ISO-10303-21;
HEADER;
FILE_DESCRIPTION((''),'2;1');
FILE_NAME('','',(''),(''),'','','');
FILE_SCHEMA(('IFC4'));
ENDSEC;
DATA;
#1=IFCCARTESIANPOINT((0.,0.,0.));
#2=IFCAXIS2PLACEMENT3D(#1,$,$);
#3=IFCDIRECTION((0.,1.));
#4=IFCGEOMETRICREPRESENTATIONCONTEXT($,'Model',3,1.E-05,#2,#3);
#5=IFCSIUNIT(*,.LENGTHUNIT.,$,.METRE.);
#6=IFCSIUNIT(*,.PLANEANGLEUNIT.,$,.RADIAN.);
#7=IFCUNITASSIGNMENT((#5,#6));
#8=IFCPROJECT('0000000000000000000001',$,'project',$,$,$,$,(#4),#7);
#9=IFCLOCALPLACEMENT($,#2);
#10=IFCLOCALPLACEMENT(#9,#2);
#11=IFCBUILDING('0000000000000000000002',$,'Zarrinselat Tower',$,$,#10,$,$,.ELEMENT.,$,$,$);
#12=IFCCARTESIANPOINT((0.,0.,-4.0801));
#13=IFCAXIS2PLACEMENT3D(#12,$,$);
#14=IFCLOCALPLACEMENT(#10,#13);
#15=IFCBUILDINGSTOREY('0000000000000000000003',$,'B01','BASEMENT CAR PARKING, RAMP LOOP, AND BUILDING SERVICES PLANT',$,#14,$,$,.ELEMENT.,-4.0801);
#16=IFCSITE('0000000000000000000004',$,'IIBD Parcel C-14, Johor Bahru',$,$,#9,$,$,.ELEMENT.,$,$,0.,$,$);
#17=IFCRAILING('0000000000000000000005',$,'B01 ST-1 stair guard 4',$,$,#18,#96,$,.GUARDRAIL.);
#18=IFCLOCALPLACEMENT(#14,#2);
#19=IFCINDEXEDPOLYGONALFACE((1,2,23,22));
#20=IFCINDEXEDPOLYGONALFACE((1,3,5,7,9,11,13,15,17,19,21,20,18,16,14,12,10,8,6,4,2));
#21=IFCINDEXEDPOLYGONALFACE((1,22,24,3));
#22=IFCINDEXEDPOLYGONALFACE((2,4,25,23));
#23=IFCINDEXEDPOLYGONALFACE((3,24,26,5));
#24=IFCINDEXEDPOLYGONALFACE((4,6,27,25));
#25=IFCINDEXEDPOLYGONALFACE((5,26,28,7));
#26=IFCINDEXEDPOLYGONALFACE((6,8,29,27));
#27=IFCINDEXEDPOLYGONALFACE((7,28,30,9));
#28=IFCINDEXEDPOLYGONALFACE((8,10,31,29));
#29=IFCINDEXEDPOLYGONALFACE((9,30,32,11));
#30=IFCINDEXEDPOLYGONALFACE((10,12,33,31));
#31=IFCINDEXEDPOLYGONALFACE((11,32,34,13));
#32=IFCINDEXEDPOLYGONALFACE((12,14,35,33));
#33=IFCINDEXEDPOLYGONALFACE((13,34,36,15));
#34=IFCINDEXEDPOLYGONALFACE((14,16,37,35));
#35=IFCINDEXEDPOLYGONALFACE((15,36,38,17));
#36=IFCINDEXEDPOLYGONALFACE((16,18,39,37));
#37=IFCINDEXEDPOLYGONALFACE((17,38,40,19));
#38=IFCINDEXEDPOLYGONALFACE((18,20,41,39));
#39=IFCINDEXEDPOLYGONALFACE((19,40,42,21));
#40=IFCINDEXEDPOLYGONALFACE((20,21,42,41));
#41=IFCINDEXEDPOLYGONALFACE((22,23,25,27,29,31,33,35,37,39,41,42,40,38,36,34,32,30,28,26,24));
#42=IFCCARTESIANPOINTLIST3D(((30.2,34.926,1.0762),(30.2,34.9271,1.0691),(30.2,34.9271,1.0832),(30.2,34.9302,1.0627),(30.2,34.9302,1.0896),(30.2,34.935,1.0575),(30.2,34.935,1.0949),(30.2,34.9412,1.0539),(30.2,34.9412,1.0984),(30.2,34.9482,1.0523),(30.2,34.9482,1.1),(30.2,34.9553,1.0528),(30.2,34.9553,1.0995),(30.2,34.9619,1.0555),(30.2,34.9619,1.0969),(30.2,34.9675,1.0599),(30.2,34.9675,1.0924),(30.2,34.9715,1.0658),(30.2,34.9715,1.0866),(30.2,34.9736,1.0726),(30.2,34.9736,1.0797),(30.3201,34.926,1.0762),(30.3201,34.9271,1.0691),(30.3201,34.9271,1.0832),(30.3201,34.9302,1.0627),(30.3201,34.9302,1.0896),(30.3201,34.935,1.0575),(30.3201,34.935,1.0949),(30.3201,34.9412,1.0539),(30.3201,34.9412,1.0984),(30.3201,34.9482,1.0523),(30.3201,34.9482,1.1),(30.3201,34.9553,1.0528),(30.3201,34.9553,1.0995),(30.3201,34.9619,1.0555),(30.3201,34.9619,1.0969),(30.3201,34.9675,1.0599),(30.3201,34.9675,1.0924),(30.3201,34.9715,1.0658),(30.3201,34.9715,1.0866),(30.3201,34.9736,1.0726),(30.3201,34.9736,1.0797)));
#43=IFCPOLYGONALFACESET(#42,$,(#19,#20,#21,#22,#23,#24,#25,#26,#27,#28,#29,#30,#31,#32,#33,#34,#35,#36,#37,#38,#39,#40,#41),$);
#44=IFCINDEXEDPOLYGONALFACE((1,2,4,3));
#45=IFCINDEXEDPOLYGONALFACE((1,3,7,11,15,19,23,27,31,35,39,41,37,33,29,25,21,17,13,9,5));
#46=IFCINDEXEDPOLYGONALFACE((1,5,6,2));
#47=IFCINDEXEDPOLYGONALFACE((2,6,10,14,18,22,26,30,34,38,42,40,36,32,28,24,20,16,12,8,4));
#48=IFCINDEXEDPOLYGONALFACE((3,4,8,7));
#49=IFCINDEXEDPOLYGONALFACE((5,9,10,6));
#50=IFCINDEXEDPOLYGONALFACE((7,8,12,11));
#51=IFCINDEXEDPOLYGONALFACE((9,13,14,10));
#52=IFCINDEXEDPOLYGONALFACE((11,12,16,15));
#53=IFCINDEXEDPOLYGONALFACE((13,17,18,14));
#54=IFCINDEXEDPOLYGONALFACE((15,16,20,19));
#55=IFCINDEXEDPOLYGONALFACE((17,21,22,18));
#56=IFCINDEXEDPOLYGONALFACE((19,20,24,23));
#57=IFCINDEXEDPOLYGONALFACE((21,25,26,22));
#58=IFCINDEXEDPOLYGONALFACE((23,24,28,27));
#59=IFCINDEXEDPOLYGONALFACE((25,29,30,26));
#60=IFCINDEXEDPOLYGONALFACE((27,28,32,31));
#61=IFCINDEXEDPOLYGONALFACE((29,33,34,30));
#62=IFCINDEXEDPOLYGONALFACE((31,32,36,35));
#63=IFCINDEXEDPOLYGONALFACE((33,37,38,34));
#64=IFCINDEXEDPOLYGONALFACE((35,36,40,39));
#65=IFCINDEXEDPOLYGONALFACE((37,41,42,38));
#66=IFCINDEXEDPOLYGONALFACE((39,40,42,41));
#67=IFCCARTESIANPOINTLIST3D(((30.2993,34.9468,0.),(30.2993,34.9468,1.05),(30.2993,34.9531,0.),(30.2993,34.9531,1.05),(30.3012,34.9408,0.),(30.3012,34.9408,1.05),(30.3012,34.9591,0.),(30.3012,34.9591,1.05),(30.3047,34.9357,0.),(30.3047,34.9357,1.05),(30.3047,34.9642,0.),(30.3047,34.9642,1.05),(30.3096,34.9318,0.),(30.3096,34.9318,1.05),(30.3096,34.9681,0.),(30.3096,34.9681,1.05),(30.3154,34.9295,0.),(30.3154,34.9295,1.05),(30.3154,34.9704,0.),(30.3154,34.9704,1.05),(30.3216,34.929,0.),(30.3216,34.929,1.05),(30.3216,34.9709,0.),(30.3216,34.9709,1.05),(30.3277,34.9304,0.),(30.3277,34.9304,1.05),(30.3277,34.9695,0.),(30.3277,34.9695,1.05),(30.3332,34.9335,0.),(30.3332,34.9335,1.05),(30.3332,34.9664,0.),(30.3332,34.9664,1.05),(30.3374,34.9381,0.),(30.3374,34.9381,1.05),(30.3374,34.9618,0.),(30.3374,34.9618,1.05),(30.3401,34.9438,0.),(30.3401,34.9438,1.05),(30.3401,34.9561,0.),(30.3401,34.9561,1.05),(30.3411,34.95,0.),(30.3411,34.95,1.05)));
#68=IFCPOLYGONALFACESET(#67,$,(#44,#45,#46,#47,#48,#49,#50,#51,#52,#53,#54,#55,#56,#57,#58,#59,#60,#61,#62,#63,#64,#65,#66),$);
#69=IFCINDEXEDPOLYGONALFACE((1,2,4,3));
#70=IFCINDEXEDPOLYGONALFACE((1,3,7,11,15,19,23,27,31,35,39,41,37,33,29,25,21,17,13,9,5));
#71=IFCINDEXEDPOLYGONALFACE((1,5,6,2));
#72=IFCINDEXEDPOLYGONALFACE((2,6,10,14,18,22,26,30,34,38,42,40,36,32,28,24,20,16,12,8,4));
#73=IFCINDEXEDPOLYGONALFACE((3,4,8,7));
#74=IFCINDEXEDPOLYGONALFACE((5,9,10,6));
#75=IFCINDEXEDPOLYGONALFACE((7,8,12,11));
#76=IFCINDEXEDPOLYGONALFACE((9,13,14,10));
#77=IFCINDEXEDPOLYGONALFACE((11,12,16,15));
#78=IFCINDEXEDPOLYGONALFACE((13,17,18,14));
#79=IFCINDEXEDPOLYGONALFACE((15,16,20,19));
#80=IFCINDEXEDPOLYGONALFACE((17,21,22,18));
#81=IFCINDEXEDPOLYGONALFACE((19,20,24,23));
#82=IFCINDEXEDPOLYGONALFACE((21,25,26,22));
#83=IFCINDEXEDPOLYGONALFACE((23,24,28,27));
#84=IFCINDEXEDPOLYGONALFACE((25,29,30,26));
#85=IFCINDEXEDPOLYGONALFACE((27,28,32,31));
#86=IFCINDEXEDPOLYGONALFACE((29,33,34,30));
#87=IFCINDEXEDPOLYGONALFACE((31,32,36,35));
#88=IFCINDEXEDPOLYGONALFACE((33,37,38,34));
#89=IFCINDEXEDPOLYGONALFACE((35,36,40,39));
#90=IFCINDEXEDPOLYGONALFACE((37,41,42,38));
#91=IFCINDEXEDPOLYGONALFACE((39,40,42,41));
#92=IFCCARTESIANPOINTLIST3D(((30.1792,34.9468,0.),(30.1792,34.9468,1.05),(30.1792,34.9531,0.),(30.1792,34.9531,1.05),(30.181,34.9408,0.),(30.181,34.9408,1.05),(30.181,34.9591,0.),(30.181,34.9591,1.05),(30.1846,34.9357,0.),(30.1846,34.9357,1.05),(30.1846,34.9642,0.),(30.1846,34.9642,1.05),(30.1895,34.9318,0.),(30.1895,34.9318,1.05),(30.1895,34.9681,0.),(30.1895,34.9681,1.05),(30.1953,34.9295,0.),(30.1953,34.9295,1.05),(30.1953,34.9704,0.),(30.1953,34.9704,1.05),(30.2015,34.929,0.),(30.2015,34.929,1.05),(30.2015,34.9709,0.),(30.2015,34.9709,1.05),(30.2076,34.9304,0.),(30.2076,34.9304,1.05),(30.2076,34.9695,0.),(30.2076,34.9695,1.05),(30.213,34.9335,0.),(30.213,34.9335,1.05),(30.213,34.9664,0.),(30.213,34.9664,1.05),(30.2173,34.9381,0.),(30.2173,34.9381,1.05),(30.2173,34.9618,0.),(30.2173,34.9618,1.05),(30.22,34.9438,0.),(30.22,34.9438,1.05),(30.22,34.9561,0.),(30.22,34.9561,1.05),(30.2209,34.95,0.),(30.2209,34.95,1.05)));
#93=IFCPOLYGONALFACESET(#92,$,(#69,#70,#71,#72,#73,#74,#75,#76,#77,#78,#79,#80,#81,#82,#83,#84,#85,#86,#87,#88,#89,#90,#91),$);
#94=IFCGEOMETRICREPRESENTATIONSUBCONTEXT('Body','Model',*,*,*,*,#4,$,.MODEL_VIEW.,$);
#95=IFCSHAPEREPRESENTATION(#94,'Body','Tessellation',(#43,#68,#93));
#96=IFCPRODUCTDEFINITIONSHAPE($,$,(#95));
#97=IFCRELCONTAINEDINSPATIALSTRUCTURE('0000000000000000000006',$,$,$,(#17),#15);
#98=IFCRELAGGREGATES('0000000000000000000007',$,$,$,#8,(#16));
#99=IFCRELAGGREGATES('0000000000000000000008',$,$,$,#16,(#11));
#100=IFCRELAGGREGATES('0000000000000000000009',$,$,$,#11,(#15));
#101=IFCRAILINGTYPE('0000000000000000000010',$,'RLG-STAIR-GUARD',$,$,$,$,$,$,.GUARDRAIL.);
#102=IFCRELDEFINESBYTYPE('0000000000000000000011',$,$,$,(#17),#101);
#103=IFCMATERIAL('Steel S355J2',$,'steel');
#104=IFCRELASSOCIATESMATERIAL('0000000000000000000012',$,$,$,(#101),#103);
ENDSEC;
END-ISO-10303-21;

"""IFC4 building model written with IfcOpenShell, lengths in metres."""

from ifc_helpers import new_model, si_unit, direction, frame, origin, origin_2d, place, context, subcontext, project, spatial, circle, extrude, material, type_object, element, save


model = new_model("IFC4")

# Units and contexts
model_context = context("Model", 3, precision=1e-05, world=origin(), true_north=direction((0.0, 1.0)))
body_context = subcontext(model_context, "Body", "Model", "MODEL_VIEW")
ifc_project = project(units=[si_unit("LENGTHUNIT", "METRE"), si_unit("PLANEANGLEUNIT", "RADIAN")], contexts=[model_context])

# Site, building, storey
site_placement = place(None, origin())
site = spatial("IfcSite", under=ifc_project, at=site_placement, Name="IIBD Parcel C-14, Johor Bahru", CompositionType="ELEMENT", RefElevation=0.0)
building_placement = place(site_placement, origin())
building = spatial("IfcBuilding", under=site, at=building_placement, Name="Zarrinselat Tower", CompositionType="ELEMENT")
storey_placement = place(building_placement, frame((0.0, 0.0, -4.0801)))
storey = spatial("IfcBuildingStorey", under=building, at=storey_placement, Name="B01", Description="BASEMENT CAR PARKING, RAMP LOOP, AND BUILDING SERVICES PLANT", CompositionType="ELEMENT", Elevation=-4.0801)

# Railing
ifc_material_1 = material(Name="Steel S355J2", Category="steel")
railing_type_1 = type_object("IfcRailingType", Name="RLG-STAIR-GUARD", PredefinedType="GUARDRAIL", material=ifc_material_1)
railing_1_placement = place(storey_placement, frame((30.3201, 34.95, 0.0)))
element("IfcRailing", 1, at=railing_1_placement, inside=storey, type_object=railing_type_1, Name="B01 ST-1 stair guard 4", PredefinedType="GUARDRAIL", context=body_context, shape_type="SweptSolid", body=[
    extrude(circle(Radius=0.0239, at=origin_2d()), frame((0.0, 0.0, 1.0762), z_axis=(-1.0, 0.0, 0.0), x_axis=(0.0, -1.0, 0.0)), (0.0, 0.0, 1.0), 0.1201),
    extrude(circle(Radius=0.021, at=origin_2d()), origin(), (0.0, 0.0, 1.0), 1.05),
    extrude(circle(Radius=0.021, at=origin_2d()), frame((-0.1201, 0.0, 0.0)), (0.0, 0.0, 1.0), 1.05),
])

save(model, "model.ifc")
